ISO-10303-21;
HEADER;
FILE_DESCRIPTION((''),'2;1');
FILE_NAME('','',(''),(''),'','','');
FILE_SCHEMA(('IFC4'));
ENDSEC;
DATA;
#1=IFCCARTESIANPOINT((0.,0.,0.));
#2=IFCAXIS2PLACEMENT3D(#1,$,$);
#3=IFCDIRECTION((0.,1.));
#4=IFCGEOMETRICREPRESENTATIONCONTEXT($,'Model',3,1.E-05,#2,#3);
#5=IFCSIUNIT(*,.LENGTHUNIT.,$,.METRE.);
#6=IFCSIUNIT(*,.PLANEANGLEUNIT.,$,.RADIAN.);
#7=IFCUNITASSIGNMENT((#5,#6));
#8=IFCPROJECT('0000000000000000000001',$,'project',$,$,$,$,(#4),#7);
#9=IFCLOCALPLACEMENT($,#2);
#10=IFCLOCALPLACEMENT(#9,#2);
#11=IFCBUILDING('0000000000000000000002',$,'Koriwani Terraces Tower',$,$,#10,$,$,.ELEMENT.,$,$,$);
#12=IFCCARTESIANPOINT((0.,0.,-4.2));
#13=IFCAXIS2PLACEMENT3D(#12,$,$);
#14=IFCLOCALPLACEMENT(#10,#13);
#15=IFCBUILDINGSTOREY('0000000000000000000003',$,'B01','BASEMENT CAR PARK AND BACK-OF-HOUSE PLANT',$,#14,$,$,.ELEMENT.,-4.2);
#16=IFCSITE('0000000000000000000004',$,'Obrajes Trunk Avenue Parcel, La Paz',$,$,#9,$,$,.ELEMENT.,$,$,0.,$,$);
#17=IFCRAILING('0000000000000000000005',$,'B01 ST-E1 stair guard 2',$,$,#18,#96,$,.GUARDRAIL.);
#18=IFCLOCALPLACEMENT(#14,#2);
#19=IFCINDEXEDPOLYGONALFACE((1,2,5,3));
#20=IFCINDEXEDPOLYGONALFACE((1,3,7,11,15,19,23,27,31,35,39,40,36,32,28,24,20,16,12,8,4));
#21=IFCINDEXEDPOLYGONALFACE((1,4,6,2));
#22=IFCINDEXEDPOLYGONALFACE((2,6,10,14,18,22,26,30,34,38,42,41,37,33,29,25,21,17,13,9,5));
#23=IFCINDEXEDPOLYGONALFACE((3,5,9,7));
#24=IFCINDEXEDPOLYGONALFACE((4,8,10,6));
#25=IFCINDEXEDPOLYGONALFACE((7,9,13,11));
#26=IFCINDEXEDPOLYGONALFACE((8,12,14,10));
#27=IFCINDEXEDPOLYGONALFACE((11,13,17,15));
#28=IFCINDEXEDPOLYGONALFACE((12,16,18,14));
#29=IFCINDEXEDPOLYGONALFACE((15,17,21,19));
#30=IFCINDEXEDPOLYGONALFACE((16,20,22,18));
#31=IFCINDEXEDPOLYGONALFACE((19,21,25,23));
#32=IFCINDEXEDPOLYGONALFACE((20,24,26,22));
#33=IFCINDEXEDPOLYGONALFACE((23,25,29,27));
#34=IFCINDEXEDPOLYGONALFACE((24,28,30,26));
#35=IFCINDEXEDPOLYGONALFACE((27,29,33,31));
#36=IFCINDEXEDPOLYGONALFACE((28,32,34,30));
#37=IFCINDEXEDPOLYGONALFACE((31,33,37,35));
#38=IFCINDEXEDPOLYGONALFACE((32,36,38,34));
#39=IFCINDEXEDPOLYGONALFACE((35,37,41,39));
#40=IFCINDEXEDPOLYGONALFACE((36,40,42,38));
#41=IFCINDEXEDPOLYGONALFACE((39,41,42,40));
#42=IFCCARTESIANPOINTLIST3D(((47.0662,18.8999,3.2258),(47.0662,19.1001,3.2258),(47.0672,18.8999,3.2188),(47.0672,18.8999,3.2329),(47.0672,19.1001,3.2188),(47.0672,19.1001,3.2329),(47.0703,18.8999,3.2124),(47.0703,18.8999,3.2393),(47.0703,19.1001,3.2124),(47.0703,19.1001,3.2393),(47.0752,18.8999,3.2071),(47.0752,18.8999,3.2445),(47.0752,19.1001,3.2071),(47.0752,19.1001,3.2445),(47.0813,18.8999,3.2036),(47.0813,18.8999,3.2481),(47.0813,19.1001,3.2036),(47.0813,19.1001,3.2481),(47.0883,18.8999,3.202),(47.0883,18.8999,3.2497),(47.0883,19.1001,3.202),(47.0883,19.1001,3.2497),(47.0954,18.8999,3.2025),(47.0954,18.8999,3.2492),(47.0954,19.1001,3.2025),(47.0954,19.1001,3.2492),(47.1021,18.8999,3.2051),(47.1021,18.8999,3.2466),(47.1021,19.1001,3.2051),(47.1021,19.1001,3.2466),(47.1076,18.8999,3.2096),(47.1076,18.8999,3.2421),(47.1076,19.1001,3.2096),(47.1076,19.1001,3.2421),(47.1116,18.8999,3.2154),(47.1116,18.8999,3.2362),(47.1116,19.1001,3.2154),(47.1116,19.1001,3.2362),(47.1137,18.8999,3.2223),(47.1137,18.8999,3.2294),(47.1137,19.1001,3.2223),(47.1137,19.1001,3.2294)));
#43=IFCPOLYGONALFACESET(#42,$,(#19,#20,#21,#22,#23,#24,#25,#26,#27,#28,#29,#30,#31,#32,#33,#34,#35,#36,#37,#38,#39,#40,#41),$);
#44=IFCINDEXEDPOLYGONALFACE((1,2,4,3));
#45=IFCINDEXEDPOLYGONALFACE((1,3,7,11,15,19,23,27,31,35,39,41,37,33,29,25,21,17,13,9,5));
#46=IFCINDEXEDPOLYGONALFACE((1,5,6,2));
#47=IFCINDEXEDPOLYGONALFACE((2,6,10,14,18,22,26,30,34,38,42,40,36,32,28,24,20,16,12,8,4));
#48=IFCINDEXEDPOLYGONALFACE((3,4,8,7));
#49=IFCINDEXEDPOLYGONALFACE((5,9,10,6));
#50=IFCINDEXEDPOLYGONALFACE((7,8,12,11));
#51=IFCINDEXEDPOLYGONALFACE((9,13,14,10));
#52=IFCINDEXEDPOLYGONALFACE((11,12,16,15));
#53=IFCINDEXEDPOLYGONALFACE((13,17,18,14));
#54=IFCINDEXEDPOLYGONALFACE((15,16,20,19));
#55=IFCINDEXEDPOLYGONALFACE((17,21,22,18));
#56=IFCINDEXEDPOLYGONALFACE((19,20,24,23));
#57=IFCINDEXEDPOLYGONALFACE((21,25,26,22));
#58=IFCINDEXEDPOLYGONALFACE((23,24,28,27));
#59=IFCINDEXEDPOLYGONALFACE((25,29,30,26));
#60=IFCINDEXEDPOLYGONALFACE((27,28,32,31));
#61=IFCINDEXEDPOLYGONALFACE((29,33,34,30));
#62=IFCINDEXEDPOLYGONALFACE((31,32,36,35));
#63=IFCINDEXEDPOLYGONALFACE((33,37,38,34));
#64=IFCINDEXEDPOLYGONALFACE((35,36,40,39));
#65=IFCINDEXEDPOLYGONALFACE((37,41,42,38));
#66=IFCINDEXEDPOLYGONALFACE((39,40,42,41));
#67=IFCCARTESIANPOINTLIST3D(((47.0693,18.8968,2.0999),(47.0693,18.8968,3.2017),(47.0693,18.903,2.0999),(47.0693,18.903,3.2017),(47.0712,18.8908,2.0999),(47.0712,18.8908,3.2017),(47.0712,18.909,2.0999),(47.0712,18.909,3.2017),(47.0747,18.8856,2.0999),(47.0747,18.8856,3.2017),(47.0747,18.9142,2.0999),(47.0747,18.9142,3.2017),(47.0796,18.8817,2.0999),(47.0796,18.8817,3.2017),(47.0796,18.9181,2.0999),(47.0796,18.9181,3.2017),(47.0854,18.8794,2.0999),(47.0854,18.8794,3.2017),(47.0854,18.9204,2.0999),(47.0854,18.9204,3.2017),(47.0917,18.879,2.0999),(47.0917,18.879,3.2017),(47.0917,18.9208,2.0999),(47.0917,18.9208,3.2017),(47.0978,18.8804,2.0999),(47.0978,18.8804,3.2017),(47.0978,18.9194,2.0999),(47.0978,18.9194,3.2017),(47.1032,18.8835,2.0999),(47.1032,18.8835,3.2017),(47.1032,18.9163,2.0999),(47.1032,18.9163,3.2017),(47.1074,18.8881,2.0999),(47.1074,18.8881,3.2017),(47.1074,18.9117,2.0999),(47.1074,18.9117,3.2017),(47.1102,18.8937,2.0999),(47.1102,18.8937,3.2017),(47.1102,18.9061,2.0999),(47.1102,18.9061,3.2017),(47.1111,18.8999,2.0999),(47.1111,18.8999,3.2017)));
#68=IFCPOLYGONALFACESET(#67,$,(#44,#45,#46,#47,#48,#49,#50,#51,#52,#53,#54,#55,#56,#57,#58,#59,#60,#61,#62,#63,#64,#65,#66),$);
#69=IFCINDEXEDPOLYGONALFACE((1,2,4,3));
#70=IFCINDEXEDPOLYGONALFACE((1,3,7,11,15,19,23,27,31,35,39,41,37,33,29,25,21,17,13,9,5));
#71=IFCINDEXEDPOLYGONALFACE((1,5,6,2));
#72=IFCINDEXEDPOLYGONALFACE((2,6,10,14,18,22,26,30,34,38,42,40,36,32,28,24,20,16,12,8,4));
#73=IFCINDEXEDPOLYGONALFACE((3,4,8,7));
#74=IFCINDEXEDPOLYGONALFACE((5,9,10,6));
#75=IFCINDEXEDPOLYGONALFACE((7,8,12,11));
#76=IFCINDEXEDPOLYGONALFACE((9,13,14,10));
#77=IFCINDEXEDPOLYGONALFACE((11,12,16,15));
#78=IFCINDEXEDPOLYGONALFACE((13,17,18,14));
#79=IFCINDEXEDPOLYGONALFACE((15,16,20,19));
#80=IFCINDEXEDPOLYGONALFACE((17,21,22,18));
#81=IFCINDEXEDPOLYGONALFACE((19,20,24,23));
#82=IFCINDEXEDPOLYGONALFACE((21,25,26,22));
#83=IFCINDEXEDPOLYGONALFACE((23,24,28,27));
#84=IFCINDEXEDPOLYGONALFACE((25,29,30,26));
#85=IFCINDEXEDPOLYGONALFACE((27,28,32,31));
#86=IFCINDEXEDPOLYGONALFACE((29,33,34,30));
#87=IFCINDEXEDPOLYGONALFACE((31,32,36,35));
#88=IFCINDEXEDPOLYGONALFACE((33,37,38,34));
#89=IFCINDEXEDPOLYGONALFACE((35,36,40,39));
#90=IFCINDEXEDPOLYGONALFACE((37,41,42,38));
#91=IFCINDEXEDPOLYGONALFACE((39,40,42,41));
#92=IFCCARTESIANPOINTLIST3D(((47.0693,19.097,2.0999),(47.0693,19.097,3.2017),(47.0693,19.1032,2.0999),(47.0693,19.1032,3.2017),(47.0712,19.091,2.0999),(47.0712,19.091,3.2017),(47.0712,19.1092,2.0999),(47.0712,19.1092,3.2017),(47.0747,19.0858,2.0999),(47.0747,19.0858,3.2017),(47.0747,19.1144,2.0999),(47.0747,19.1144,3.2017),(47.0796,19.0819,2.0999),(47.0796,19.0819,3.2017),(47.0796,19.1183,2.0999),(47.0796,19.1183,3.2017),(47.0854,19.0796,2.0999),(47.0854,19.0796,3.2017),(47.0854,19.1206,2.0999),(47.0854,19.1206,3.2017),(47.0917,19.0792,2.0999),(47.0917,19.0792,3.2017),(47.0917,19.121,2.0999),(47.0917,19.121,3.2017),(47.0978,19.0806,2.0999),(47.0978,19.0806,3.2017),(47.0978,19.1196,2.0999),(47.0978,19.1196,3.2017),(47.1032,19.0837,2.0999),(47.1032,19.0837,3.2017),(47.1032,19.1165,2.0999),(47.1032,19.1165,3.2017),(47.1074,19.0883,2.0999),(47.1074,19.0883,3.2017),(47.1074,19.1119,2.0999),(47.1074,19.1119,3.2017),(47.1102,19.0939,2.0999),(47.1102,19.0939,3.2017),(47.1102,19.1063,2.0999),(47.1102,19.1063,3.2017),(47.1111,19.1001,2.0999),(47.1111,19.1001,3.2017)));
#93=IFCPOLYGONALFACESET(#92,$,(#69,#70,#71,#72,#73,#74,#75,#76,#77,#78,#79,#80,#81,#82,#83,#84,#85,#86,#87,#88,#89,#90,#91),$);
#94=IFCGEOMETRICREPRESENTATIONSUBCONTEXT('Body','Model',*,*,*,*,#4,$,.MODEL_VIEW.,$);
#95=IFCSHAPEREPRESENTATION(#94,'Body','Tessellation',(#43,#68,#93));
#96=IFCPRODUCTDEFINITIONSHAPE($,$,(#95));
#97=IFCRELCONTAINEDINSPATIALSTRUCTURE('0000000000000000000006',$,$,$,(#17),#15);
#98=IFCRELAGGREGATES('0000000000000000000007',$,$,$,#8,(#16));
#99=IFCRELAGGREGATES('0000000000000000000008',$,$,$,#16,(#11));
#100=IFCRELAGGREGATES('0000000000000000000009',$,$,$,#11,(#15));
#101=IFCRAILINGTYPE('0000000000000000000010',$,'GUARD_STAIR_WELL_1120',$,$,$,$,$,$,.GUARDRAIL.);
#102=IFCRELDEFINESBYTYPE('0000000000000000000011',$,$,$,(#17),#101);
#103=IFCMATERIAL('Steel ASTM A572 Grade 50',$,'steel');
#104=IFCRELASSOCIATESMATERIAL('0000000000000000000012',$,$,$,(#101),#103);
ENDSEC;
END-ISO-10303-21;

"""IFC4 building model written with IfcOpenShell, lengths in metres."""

from ifc_helpers import new_model, si_unit, direction, frame, origin, origin_2d, place, context, subcontext, project, spatial, circle, extrude, material, type_object, element, save


model = new_model("IFC4")

# Units and contexts
model_context = context("Model", 3, precision=1e-05, world=origin(), true_north=direction((0.0, 1.0)))
body_context = subcontext(model_context, "Body", "Model", "MODEL_VIEW")
ifc_project = project(units=[si_unit("LENGTHUNIT", "METRE"), si_unit("PLANEANGLEUNIT", "RADIAN")], contexts=[model_context])

# Site, building, storey
site_placement = place(None, origin())
site = spatial("IfcSite", under=ifc_project, at=site_placement, Name="Obrajes Trunk Avenue Parcel, La Paz", CompositionType="ELEMENT", RefElevation=0.0)
building_placement = place(site_placement, origin())
building = spatial("IfcBuilding", under=site, at=building_placement, Name="Koriwani Terraces Tower", CompositionType="ELEMENT")
storey_placement = place(building_placement, frame((0.0, 0.0, -4.2)))
storey = spatial("IfcBuildingStorey", under=building, at=storey_placement, Name="B01", Description="BASEMENT CAR PARK AND BACK-OF-HOUSE PLANT", CompositionType="ELEMENT", Elevation=-4.2)

# Shared definitions
ifc_material_1 = material(Name="Steel ASTM A572 Grade 50", Category="steel")

# Railing
railing_type_1 = type_object("IfcRailingType", Name="GUARD_STAIR_WELL_1120", PredefinedType="GUARDRAIL", material=ifc_material_1)
railing_1_placement = place(storey_placement, frame((47.0901, 18.8999, 2.0999)))
element("IfcRailing", 1, at=railing_1_placement, inside=storey, type_object=railing_type_1, Name="B01 ST-E1 stair guard 2", PredefinedType="GUARDRAIL", context=body_context, shape_type="SweptSolid", body=[
    extrude(circle(Radius=0.0239, at=origin_2d()), frame((0.0, 0.0, 1.126), z_axis=(0.0, 1.0, 0.0), x_axis=(-1.0, 0.0, 0.0)), (0.0, 0.0, 1.0), 0.2002),
    extrude(circle(Radius=0.021, at=origin_2d()), origin(), (0.0, 0.0, 1.0), 1.1018),
    extrude(circle(Radius=0.021, at=origin_2d()), frame((0.0, 0.2002, 0.0)), (0.0, 0.0, 1.0), 1.1018),
])

save(model, "model.ifc")
